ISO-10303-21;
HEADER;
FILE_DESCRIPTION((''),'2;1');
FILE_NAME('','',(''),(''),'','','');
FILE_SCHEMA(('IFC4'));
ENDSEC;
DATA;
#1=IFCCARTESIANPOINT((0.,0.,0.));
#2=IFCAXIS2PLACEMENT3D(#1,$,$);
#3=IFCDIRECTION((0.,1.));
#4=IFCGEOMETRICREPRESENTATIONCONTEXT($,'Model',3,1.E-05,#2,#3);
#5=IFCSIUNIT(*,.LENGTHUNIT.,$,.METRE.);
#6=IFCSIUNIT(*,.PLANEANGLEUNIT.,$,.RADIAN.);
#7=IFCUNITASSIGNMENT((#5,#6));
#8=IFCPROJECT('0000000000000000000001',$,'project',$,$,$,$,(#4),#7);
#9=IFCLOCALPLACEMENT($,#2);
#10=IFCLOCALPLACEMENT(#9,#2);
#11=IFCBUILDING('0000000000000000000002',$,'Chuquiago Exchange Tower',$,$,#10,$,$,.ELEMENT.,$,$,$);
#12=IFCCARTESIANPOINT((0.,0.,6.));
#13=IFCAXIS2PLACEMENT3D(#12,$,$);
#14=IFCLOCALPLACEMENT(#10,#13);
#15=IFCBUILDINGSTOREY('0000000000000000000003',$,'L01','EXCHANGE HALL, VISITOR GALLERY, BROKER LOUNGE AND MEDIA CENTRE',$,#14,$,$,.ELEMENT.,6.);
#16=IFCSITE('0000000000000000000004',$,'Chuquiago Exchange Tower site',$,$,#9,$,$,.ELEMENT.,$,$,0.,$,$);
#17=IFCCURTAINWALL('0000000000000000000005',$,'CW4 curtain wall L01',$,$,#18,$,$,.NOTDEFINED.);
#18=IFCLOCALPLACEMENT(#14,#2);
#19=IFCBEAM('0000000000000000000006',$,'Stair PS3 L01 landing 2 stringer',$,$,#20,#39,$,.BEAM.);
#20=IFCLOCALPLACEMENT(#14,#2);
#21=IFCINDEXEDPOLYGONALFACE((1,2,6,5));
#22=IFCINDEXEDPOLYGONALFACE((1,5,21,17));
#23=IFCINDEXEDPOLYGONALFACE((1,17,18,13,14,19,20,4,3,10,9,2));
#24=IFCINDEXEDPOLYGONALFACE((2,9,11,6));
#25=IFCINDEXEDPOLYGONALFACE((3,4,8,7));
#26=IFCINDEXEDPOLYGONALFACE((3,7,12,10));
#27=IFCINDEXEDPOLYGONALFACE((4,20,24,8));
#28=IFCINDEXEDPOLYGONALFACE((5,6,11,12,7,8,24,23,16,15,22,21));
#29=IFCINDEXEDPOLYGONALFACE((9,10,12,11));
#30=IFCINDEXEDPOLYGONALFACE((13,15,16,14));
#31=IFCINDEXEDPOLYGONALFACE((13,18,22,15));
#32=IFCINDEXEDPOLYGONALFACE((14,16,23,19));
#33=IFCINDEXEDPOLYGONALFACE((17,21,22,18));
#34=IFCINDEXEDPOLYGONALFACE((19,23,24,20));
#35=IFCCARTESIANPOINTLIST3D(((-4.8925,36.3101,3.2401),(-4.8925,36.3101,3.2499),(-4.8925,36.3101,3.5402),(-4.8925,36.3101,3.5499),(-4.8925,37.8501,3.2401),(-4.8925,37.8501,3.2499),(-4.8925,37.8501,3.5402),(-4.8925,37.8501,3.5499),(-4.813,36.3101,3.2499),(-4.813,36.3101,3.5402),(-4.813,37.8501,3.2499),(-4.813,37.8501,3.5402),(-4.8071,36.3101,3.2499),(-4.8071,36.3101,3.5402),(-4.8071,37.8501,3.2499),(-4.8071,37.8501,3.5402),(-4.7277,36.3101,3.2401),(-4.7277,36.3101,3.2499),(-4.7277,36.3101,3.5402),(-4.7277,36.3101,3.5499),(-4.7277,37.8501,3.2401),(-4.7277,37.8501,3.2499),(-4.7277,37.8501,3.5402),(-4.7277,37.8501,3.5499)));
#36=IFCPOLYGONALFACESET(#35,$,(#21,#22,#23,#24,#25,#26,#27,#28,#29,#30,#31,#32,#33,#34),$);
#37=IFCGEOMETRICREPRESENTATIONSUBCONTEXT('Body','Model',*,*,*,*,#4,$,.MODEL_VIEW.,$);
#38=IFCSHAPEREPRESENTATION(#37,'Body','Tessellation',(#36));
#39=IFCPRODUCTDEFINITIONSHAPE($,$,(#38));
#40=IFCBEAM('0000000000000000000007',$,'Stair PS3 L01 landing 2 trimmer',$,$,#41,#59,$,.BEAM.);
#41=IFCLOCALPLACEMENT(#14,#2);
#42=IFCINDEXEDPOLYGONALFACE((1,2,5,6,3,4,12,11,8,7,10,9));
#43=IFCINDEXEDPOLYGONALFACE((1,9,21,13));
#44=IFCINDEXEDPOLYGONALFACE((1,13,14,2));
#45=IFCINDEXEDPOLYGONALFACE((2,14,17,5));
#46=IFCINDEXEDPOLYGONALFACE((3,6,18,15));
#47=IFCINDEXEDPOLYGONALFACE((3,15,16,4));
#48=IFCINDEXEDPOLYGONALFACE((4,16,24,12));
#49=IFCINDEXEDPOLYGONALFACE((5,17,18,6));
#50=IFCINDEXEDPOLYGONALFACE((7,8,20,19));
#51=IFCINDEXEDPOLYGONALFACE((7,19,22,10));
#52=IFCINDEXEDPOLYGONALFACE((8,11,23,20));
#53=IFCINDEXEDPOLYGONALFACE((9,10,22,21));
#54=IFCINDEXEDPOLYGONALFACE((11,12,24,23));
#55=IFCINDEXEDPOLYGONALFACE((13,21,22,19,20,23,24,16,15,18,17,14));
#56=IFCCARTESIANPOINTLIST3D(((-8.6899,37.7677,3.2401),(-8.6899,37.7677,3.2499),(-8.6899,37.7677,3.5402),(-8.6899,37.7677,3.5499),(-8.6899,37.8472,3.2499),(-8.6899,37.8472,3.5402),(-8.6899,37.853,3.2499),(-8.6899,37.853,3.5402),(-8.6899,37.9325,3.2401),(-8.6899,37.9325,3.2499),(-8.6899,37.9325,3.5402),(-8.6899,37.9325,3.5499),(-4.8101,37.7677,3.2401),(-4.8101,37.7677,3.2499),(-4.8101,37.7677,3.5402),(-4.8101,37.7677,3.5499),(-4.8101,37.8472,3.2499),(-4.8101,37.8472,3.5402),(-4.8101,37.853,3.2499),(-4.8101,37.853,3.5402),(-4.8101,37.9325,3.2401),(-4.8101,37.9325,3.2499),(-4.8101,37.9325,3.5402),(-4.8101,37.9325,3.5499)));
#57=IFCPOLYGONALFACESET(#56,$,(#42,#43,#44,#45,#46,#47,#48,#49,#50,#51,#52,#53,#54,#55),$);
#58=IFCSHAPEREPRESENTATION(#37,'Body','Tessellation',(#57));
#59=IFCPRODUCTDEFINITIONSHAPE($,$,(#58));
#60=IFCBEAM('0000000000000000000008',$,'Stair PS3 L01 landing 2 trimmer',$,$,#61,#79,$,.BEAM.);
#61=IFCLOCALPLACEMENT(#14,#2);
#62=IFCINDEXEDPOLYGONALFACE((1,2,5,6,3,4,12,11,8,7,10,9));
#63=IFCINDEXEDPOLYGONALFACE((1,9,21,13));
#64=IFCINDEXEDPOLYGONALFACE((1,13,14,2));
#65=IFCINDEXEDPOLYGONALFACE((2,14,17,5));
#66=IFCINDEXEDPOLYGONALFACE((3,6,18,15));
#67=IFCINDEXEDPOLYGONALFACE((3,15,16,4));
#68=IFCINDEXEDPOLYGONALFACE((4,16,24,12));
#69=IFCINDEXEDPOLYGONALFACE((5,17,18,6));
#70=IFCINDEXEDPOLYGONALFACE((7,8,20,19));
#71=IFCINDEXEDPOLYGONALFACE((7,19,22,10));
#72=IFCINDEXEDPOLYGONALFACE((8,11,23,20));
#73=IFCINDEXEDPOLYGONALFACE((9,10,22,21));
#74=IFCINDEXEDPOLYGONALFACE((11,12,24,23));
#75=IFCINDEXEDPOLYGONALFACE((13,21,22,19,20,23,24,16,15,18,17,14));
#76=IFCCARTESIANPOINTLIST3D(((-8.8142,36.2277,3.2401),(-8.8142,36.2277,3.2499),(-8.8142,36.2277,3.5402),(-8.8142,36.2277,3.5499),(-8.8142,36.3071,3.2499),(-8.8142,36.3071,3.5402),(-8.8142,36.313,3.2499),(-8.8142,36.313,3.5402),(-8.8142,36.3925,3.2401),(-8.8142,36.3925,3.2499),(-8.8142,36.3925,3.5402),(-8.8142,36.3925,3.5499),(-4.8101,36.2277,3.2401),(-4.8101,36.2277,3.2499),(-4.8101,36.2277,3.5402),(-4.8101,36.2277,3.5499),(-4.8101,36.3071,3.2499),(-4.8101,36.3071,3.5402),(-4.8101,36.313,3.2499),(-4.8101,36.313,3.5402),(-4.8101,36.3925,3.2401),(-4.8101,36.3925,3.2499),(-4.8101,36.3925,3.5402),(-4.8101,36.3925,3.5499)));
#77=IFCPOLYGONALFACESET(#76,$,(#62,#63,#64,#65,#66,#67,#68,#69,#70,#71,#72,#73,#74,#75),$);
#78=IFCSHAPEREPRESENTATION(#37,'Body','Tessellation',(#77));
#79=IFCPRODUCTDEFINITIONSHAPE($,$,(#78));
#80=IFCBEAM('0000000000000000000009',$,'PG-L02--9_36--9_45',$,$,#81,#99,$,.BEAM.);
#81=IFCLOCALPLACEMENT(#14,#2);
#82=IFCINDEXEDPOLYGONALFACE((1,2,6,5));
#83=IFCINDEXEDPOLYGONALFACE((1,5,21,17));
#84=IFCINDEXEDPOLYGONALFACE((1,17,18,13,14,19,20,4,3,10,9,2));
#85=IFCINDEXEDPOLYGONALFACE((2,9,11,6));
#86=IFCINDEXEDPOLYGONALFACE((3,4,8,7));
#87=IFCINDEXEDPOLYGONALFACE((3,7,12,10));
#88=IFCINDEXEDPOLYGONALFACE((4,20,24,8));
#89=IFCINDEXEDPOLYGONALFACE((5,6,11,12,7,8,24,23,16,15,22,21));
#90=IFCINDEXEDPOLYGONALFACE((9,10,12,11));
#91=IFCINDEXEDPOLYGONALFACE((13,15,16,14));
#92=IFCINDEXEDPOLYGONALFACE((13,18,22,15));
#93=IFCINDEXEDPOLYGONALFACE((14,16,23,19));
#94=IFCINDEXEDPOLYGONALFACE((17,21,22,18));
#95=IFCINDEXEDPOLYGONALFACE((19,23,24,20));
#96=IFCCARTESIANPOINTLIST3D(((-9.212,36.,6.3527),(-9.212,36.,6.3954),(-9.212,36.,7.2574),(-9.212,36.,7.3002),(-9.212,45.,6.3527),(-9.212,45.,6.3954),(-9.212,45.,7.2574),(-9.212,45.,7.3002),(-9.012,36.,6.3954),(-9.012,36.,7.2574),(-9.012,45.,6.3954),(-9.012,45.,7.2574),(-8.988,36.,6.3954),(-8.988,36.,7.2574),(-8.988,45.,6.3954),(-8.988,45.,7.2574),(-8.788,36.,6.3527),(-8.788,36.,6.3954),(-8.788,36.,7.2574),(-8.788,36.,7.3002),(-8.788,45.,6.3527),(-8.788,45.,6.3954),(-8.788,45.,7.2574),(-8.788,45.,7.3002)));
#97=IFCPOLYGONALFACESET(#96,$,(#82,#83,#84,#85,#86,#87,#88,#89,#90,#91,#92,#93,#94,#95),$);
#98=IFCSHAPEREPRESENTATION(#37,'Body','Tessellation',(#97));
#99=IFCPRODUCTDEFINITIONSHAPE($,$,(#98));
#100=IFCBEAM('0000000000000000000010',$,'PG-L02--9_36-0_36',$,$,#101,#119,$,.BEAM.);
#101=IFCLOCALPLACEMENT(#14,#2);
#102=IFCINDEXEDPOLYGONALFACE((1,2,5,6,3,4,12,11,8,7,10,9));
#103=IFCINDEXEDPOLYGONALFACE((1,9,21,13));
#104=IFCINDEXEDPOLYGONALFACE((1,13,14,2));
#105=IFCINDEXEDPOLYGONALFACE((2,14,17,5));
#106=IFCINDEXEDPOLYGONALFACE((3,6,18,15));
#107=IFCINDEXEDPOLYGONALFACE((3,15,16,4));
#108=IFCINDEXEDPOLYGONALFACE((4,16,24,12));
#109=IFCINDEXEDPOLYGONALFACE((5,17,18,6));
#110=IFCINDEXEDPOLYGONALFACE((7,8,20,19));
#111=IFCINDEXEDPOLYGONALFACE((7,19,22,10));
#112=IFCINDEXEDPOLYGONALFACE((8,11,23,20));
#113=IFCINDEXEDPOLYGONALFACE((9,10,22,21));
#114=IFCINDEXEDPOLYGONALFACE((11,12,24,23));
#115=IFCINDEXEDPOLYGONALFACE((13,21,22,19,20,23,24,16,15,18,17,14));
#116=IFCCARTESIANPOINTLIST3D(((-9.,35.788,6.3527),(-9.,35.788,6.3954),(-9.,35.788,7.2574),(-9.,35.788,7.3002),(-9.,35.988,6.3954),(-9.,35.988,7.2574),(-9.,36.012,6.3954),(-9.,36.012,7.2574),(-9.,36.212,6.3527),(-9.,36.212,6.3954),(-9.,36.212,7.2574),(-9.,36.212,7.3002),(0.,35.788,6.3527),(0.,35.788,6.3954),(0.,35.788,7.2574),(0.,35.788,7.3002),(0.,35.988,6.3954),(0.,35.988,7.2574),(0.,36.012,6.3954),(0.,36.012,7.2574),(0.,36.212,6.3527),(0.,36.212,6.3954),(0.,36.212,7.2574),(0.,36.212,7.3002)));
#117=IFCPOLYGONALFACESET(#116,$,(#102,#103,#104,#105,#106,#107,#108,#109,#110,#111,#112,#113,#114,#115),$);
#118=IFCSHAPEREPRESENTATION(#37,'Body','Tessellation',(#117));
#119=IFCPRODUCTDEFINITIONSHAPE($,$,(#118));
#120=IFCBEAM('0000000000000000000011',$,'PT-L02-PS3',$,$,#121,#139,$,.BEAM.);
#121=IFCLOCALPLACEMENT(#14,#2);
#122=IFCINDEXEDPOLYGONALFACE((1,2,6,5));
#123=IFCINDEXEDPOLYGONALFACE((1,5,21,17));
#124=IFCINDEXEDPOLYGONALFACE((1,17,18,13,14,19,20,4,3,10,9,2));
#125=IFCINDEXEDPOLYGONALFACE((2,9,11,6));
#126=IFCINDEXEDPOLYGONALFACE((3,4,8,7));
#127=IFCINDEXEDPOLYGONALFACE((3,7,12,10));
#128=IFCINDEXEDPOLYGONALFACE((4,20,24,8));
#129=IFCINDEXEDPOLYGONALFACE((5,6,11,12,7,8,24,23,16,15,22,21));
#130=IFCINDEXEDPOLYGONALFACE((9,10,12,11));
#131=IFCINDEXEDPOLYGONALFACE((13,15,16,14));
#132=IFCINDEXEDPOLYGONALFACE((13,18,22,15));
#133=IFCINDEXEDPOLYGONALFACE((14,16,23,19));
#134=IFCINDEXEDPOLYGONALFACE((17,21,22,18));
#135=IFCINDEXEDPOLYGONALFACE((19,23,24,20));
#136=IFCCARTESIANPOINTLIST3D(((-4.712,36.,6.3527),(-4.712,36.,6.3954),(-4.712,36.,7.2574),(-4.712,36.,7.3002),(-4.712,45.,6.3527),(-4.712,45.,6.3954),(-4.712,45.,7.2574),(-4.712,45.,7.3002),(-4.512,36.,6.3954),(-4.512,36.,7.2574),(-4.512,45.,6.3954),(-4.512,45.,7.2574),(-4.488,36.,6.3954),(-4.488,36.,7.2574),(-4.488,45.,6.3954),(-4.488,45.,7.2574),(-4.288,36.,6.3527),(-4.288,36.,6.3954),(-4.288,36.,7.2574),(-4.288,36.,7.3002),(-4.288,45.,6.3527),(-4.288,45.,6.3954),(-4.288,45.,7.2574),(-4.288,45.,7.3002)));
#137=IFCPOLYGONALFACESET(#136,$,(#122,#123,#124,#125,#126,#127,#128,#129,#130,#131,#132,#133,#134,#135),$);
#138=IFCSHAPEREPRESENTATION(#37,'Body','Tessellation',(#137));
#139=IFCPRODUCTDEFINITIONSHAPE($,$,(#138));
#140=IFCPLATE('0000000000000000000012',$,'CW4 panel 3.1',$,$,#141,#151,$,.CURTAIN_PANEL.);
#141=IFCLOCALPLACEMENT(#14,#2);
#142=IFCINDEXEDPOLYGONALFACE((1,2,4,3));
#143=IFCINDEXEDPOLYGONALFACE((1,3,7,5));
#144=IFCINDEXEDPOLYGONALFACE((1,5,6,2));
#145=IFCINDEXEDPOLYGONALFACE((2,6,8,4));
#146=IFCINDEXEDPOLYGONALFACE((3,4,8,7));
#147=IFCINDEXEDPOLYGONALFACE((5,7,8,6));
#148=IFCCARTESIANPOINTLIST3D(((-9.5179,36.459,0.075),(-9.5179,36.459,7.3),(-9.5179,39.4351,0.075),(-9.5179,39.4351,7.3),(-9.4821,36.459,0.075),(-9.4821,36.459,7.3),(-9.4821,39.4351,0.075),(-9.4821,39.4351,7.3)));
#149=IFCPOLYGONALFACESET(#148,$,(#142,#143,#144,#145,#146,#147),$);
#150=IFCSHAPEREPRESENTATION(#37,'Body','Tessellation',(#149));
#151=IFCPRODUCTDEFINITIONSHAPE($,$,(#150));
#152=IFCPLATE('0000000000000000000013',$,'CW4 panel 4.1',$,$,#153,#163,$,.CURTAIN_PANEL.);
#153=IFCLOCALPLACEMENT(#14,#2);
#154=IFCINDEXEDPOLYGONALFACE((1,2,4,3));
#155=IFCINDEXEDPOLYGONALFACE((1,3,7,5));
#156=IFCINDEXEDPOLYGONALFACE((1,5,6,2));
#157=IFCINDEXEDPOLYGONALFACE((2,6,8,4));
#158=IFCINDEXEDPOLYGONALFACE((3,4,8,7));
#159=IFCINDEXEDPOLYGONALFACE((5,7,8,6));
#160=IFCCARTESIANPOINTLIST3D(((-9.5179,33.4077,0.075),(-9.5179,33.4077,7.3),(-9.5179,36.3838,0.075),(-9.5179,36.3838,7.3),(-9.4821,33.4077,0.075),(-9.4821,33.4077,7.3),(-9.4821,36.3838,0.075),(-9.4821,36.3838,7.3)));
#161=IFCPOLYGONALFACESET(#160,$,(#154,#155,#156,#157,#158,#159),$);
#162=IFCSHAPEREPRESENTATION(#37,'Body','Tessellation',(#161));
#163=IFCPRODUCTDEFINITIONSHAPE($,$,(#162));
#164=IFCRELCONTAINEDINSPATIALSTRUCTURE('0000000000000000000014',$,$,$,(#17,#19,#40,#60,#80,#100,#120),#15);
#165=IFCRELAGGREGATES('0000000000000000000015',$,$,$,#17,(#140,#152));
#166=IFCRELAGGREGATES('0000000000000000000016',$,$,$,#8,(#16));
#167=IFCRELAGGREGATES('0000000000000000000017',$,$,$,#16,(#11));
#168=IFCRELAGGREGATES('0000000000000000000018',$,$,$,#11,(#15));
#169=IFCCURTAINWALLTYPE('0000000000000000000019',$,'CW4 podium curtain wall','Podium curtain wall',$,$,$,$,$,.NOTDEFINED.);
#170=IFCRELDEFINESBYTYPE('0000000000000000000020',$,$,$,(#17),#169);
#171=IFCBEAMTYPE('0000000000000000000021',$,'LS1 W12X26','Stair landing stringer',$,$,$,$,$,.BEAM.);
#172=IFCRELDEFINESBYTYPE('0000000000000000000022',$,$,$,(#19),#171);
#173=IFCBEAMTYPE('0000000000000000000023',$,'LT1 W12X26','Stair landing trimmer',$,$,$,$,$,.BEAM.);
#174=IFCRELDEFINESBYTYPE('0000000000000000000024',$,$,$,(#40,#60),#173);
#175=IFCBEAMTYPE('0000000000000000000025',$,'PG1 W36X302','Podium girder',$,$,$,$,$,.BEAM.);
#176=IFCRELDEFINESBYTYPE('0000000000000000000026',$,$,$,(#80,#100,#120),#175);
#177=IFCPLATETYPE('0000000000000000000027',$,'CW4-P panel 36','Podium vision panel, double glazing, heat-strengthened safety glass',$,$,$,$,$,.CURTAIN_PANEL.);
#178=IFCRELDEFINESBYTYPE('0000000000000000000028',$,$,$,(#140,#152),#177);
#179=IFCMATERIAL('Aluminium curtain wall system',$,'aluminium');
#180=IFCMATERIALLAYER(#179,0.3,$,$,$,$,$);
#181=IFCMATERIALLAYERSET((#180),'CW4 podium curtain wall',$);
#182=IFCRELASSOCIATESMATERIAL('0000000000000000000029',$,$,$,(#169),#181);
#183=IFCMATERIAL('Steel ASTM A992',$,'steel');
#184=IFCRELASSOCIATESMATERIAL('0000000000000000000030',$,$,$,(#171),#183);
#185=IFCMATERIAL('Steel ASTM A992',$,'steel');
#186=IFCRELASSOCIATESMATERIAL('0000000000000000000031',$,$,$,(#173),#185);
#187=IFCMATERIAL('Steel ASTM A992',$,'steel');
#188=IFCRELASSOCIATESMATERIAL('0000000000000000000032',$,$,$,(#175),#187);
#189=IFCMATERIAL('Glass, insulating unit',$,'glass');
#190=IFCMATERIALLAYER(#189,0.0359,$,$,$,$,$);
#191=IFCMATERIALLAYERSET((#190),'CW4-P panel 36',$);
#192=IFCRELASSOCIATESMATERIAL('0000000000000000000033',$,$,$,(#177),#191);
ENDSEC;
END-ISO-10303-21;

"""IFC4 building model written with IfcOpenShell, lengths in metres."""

from ifc_helpers import new_model, si_unit, direction, frame, origin, origin_2d, place, context, subcontext, project, spatial, rectangle, i_section, extrude, material, layer, layer_set, material_profile, profile_set, type_object, element, aggregate, save


model = new_model("IFC4")

# Units and contexts
model_context = context("Model", 3, precision=1e-05, world=origin(), true_north=direction((0.0, 1.0)))
body_context = subcontext(model_context, "Body", "Model", "MODEL_VIEW")
ifc_project = project(units=[si_unit("LENGTHUNIT", "METRE"), si_unit("PLANEANGLEUNIT", "RADIAN")], contexts=[model_context])

# Site, building, storey
site_placement = place(None, origin())
site = spatial("IfcSite", under=ifc_project, at=site_placement, Name="Chuquiago Exchange Tower site", CompositionType="ELEMENT", RefElevation=0.0)
building_placement = place(site_placement, origin())
building = spatial("IfcBuilding", under=site, at=building_placement, Name="Chuquiago Exchange Tower", CompositionType="ELEMENT")
storey_placement = place(building_placement, frame((0.0, 0.0, 6.0)))
storey = spatial("IfcBuildingStorey", under=building, at=storey_placement, Name="L01", Description="EXCHANGE HALL, VISITOR GALLERY, BROKER LOUNGE AND MEDIA CENTRE", CompositionType="ELEMENT", Elevation=6.0)

# Curtain wall
ifc_material_1 = material(Name="Aluminium curtain wall system", Category="aluminium")
ifc_layer_1 = layer(ifc_material_1, 0.3)
ifc_layer_set_1 = layer_set([ifc_layer_1], Name="CW4 podium curtain wall")
curtain_wall_type = type_object("IfcCurtainWallType", Name="CW4 podium curtain wall", Description="Podium curtain wall", PredefinedType="NOTDEFINED", material=ifc_layer_set_1)
curtain_wall_placement = place(storey_placement, origin())
curtain_wall = element("IfcCurtainWall", 1, at=curtain_wall_placement, inside=storey, type_object=curtain_wall_type, Name="CW4 curtain wall L01", PredefinedType="NOTDEFINED")

# Beams
ifc_material_2 = material(Name="Steel ASTM A992", Category="steel")
ifc_material_profile_1 = material_profile(ifc_material_2, i_section(OverallWidth=0.1648, OverallDepth=0.3098, WebThickness=0.0059, FlangeThickness=0.0098, at=origin_2d()), Name="W12X26")
ifc_profile_set_1 = profile_set([ifc_material_profile_1], Name="Steel ASTM A992")
beam_type_1 = type_object("IfcBeamType", Name="LS1 W12X26", Description="Stair landing stringer", PredefinedType="BEAM", material=ifc_profile_set_1)
for number, where, z_axis, x_axis, name in (
    (2, (-4.8101, 36.3101, 3.395), (0.0, 1.0, 0.0), (-1.0, 0.0, 0.0), "Stair PS3 L01 landing 2 stringer"),
):
    element("IfcBeam", number, at=place(storey_placement, frame(where, z_axis=z_axis, x_axis=x_axis)), inside=storey, type_object=beam_type_1, Name=name, PredefinedType="BEAM", context=body_context, shape_type="SweptSolid", body=[
        extrude(i_section(OverallWidth=0.1648, OverallDepth=0.3098, WebThickness=0.0059, FlangeThickness=0.0098, at=origin_2d()), origin(), (0.0, 0.0, 1.0), 1.54),
    ])
ifc_material_3 = material(Name="Steel ASTM A992", Category="steel")
ifc_material_profile_2 = material_profile(ifc_material_3, i_section(OverallWidth=0.1648, OverallDepth=0.3098, WebThickness=0.0059, FlangeThickness=0.0098, at=origin_2d()), Name="W12X26")
ifc_profile_set_2 = profile_set([ifc_material_profile_2], Name="Steel ASTM A992")
beam_type_2 = type_object("IfcBeamType", Name="LT1 W12X26", Description="Stair landing trimmer", PredefinedType="BEAM", material=ifc_profile_set_2)
beam_1_placement = place(storey_placement, frame((-8.6899, 37.8501, 3.395), z_axis=(1.0, 0.0, 0.0), x_axis=(0.0, 1.0, 0.0)))
element("IfcBeam", 3, at=beam_1_placement, inside=storey, type_object=beam_type_2, Name="Stair PS3 L01 landing 2 trimmer", PredefinedType="BEAM", context=body_context, shape_type="SweptSolid", body=[
    extrude(i_section(OverallWidth=0.1648, OverallDepth=0.3098, WebThickness=0.0059, FlangeThickness=0.0098, at=origin_2d()), origin(), (0.0, 0.0, 1.0), 3.8799),
])
beam_2_placement = place(storey_placement, frame((-8.8142, 36.3101, 3.395), z_axis=(1.0, 0.0, 0.0), x_axis=(0.0, 1.0, 0.0)))
element("IfcBeam", 4, at=beam_2_placement, inside=storey, type_object=beam_type_2, Name="Stair PS3 L01 landing 2 trimmer", PredefinedType="BEAM", context=body_context, shape_type="SweptSolid", body=[
    extrude(i_section(OverallWidth=0.1648, OverallDepth=0.3098, WebThickness=0.0059, FlangeThickness=0.0098, at=origin_2d()), origin(), (0.0, 0.0, 1.0), 4.0042),
])
ifc_material_4 = material(Name="Steel ASTM A992", Category="steel")
ifc_material_profile_3 = material_profile(ifc_material_4, i_section(OverallWidth=0.4241, OverallDepth=0.9475, WebThickness=0.0239, FlangeThickness=0.0427, at=origin_2d()), Name="W36X302")
ifc_profile_set_3 = profile_set([ifc_material_profile_3], Name="Steel ASTM A992")
beam_type_3 = type_object("IfcBeamType", Name="PG1 W36X302", Description="Podium girder", PredefinedType="BEAM", material=ifc_profile_set_3)
for number, where, z_axis, x_axis, name in (
    (5, (-9.0, 36.0, 6.8264), (0.0, 1.0, 0.0), (-1.0, 0.0, 0.0), "PG-L02--9_36--9_45"),
    (6, (-9.0, 36.0, 6.8264), (1.0, 0.0, 0.0), (0.0, 1.0, 0.0), "PG-L02--9_36-0_36"),
    (7, (-4.5, 36.0, 6.8264), (0.0, 1.0, 0.0), (-1.0, 0.0, 0.0), "PT-L02-PS3"),
):
    element("IfcBeam", number, at=place(storey_placement, frame(where, z_axis=z_axis, x_axis=x_axis)), inside=storey, type_object=beam_type_3, Name=name, PredefinedType="BEAM", context=body_context, shape_type="SweptSolid", body=[
        extrude(i_section(OverallWidth=0.4241, OverallDepth=0.9475, WebThickness=0.0239, FlangeThickness=0.0427, at=origin_2d()), origin(), (0.0, 0.0, 1.0), 9.0),
    ])

# Plates
ifc_material_5 = material(Name="Glass, insulating unit", Category="glass")
ifc_layer_2 = layer(ifc_material_5, 0.0359)
ifc_layer_set_2 = layer_set([ifc_layer_2], Name="CW4-P panel 36")
plate_type = type_object("IfcPlateType", Name="CW4-P panel 36", Description="Podium vision panel, double glazing, heat-strengthened safety glass", PredefinedType="CURTAIN_PANEL", material=ifc_layer_set_2)
plate_1_placement = place(storey_placement, frame((-9.5, 37.947, 0.075), z_axis=(0.0, 0.0, 1.0), x_axis=(0.0, -1.0, 0.0)))
plate_1 = element("IfcPlate", 8, at=plate_1_placement, type_object=plate_type, Name="CW4 panel 3.1", PredefinedType="CURTAIN_PANEL", context=body_context, shape_type="SweptSolid", body=[
    extrude(rectangle(XDim=2.9761, YDim=0.0359, at=origin_2d()), origin(), (0.0, 0.0, 1.0), 7.2251),
])
plate_2_placement = place(storey_placement, frame((-9.5, 34.8958, 0.075), z_axis=(0.0, 0.0, 1.0), x_axis=(0.0, -1.0, 0.0)))
plate_2 = element("IfcPlate", 9, at=plate_2_placement, type_object=plate_type, Name="CW4 panel 4.1", PredefinedType="CURTAIN_PANEL", context=body_context, shape_type="SweptSolid", body=[
    extrude(rectangle(XDim=2.9761, YDim=0.0359, at=origin_2d()), origin(), (0.0, 0.0, 1.0), 7.2251),
])
aggregate(curtain_wall, [plate_1, plate_2])

save(model, "model.ifc")
